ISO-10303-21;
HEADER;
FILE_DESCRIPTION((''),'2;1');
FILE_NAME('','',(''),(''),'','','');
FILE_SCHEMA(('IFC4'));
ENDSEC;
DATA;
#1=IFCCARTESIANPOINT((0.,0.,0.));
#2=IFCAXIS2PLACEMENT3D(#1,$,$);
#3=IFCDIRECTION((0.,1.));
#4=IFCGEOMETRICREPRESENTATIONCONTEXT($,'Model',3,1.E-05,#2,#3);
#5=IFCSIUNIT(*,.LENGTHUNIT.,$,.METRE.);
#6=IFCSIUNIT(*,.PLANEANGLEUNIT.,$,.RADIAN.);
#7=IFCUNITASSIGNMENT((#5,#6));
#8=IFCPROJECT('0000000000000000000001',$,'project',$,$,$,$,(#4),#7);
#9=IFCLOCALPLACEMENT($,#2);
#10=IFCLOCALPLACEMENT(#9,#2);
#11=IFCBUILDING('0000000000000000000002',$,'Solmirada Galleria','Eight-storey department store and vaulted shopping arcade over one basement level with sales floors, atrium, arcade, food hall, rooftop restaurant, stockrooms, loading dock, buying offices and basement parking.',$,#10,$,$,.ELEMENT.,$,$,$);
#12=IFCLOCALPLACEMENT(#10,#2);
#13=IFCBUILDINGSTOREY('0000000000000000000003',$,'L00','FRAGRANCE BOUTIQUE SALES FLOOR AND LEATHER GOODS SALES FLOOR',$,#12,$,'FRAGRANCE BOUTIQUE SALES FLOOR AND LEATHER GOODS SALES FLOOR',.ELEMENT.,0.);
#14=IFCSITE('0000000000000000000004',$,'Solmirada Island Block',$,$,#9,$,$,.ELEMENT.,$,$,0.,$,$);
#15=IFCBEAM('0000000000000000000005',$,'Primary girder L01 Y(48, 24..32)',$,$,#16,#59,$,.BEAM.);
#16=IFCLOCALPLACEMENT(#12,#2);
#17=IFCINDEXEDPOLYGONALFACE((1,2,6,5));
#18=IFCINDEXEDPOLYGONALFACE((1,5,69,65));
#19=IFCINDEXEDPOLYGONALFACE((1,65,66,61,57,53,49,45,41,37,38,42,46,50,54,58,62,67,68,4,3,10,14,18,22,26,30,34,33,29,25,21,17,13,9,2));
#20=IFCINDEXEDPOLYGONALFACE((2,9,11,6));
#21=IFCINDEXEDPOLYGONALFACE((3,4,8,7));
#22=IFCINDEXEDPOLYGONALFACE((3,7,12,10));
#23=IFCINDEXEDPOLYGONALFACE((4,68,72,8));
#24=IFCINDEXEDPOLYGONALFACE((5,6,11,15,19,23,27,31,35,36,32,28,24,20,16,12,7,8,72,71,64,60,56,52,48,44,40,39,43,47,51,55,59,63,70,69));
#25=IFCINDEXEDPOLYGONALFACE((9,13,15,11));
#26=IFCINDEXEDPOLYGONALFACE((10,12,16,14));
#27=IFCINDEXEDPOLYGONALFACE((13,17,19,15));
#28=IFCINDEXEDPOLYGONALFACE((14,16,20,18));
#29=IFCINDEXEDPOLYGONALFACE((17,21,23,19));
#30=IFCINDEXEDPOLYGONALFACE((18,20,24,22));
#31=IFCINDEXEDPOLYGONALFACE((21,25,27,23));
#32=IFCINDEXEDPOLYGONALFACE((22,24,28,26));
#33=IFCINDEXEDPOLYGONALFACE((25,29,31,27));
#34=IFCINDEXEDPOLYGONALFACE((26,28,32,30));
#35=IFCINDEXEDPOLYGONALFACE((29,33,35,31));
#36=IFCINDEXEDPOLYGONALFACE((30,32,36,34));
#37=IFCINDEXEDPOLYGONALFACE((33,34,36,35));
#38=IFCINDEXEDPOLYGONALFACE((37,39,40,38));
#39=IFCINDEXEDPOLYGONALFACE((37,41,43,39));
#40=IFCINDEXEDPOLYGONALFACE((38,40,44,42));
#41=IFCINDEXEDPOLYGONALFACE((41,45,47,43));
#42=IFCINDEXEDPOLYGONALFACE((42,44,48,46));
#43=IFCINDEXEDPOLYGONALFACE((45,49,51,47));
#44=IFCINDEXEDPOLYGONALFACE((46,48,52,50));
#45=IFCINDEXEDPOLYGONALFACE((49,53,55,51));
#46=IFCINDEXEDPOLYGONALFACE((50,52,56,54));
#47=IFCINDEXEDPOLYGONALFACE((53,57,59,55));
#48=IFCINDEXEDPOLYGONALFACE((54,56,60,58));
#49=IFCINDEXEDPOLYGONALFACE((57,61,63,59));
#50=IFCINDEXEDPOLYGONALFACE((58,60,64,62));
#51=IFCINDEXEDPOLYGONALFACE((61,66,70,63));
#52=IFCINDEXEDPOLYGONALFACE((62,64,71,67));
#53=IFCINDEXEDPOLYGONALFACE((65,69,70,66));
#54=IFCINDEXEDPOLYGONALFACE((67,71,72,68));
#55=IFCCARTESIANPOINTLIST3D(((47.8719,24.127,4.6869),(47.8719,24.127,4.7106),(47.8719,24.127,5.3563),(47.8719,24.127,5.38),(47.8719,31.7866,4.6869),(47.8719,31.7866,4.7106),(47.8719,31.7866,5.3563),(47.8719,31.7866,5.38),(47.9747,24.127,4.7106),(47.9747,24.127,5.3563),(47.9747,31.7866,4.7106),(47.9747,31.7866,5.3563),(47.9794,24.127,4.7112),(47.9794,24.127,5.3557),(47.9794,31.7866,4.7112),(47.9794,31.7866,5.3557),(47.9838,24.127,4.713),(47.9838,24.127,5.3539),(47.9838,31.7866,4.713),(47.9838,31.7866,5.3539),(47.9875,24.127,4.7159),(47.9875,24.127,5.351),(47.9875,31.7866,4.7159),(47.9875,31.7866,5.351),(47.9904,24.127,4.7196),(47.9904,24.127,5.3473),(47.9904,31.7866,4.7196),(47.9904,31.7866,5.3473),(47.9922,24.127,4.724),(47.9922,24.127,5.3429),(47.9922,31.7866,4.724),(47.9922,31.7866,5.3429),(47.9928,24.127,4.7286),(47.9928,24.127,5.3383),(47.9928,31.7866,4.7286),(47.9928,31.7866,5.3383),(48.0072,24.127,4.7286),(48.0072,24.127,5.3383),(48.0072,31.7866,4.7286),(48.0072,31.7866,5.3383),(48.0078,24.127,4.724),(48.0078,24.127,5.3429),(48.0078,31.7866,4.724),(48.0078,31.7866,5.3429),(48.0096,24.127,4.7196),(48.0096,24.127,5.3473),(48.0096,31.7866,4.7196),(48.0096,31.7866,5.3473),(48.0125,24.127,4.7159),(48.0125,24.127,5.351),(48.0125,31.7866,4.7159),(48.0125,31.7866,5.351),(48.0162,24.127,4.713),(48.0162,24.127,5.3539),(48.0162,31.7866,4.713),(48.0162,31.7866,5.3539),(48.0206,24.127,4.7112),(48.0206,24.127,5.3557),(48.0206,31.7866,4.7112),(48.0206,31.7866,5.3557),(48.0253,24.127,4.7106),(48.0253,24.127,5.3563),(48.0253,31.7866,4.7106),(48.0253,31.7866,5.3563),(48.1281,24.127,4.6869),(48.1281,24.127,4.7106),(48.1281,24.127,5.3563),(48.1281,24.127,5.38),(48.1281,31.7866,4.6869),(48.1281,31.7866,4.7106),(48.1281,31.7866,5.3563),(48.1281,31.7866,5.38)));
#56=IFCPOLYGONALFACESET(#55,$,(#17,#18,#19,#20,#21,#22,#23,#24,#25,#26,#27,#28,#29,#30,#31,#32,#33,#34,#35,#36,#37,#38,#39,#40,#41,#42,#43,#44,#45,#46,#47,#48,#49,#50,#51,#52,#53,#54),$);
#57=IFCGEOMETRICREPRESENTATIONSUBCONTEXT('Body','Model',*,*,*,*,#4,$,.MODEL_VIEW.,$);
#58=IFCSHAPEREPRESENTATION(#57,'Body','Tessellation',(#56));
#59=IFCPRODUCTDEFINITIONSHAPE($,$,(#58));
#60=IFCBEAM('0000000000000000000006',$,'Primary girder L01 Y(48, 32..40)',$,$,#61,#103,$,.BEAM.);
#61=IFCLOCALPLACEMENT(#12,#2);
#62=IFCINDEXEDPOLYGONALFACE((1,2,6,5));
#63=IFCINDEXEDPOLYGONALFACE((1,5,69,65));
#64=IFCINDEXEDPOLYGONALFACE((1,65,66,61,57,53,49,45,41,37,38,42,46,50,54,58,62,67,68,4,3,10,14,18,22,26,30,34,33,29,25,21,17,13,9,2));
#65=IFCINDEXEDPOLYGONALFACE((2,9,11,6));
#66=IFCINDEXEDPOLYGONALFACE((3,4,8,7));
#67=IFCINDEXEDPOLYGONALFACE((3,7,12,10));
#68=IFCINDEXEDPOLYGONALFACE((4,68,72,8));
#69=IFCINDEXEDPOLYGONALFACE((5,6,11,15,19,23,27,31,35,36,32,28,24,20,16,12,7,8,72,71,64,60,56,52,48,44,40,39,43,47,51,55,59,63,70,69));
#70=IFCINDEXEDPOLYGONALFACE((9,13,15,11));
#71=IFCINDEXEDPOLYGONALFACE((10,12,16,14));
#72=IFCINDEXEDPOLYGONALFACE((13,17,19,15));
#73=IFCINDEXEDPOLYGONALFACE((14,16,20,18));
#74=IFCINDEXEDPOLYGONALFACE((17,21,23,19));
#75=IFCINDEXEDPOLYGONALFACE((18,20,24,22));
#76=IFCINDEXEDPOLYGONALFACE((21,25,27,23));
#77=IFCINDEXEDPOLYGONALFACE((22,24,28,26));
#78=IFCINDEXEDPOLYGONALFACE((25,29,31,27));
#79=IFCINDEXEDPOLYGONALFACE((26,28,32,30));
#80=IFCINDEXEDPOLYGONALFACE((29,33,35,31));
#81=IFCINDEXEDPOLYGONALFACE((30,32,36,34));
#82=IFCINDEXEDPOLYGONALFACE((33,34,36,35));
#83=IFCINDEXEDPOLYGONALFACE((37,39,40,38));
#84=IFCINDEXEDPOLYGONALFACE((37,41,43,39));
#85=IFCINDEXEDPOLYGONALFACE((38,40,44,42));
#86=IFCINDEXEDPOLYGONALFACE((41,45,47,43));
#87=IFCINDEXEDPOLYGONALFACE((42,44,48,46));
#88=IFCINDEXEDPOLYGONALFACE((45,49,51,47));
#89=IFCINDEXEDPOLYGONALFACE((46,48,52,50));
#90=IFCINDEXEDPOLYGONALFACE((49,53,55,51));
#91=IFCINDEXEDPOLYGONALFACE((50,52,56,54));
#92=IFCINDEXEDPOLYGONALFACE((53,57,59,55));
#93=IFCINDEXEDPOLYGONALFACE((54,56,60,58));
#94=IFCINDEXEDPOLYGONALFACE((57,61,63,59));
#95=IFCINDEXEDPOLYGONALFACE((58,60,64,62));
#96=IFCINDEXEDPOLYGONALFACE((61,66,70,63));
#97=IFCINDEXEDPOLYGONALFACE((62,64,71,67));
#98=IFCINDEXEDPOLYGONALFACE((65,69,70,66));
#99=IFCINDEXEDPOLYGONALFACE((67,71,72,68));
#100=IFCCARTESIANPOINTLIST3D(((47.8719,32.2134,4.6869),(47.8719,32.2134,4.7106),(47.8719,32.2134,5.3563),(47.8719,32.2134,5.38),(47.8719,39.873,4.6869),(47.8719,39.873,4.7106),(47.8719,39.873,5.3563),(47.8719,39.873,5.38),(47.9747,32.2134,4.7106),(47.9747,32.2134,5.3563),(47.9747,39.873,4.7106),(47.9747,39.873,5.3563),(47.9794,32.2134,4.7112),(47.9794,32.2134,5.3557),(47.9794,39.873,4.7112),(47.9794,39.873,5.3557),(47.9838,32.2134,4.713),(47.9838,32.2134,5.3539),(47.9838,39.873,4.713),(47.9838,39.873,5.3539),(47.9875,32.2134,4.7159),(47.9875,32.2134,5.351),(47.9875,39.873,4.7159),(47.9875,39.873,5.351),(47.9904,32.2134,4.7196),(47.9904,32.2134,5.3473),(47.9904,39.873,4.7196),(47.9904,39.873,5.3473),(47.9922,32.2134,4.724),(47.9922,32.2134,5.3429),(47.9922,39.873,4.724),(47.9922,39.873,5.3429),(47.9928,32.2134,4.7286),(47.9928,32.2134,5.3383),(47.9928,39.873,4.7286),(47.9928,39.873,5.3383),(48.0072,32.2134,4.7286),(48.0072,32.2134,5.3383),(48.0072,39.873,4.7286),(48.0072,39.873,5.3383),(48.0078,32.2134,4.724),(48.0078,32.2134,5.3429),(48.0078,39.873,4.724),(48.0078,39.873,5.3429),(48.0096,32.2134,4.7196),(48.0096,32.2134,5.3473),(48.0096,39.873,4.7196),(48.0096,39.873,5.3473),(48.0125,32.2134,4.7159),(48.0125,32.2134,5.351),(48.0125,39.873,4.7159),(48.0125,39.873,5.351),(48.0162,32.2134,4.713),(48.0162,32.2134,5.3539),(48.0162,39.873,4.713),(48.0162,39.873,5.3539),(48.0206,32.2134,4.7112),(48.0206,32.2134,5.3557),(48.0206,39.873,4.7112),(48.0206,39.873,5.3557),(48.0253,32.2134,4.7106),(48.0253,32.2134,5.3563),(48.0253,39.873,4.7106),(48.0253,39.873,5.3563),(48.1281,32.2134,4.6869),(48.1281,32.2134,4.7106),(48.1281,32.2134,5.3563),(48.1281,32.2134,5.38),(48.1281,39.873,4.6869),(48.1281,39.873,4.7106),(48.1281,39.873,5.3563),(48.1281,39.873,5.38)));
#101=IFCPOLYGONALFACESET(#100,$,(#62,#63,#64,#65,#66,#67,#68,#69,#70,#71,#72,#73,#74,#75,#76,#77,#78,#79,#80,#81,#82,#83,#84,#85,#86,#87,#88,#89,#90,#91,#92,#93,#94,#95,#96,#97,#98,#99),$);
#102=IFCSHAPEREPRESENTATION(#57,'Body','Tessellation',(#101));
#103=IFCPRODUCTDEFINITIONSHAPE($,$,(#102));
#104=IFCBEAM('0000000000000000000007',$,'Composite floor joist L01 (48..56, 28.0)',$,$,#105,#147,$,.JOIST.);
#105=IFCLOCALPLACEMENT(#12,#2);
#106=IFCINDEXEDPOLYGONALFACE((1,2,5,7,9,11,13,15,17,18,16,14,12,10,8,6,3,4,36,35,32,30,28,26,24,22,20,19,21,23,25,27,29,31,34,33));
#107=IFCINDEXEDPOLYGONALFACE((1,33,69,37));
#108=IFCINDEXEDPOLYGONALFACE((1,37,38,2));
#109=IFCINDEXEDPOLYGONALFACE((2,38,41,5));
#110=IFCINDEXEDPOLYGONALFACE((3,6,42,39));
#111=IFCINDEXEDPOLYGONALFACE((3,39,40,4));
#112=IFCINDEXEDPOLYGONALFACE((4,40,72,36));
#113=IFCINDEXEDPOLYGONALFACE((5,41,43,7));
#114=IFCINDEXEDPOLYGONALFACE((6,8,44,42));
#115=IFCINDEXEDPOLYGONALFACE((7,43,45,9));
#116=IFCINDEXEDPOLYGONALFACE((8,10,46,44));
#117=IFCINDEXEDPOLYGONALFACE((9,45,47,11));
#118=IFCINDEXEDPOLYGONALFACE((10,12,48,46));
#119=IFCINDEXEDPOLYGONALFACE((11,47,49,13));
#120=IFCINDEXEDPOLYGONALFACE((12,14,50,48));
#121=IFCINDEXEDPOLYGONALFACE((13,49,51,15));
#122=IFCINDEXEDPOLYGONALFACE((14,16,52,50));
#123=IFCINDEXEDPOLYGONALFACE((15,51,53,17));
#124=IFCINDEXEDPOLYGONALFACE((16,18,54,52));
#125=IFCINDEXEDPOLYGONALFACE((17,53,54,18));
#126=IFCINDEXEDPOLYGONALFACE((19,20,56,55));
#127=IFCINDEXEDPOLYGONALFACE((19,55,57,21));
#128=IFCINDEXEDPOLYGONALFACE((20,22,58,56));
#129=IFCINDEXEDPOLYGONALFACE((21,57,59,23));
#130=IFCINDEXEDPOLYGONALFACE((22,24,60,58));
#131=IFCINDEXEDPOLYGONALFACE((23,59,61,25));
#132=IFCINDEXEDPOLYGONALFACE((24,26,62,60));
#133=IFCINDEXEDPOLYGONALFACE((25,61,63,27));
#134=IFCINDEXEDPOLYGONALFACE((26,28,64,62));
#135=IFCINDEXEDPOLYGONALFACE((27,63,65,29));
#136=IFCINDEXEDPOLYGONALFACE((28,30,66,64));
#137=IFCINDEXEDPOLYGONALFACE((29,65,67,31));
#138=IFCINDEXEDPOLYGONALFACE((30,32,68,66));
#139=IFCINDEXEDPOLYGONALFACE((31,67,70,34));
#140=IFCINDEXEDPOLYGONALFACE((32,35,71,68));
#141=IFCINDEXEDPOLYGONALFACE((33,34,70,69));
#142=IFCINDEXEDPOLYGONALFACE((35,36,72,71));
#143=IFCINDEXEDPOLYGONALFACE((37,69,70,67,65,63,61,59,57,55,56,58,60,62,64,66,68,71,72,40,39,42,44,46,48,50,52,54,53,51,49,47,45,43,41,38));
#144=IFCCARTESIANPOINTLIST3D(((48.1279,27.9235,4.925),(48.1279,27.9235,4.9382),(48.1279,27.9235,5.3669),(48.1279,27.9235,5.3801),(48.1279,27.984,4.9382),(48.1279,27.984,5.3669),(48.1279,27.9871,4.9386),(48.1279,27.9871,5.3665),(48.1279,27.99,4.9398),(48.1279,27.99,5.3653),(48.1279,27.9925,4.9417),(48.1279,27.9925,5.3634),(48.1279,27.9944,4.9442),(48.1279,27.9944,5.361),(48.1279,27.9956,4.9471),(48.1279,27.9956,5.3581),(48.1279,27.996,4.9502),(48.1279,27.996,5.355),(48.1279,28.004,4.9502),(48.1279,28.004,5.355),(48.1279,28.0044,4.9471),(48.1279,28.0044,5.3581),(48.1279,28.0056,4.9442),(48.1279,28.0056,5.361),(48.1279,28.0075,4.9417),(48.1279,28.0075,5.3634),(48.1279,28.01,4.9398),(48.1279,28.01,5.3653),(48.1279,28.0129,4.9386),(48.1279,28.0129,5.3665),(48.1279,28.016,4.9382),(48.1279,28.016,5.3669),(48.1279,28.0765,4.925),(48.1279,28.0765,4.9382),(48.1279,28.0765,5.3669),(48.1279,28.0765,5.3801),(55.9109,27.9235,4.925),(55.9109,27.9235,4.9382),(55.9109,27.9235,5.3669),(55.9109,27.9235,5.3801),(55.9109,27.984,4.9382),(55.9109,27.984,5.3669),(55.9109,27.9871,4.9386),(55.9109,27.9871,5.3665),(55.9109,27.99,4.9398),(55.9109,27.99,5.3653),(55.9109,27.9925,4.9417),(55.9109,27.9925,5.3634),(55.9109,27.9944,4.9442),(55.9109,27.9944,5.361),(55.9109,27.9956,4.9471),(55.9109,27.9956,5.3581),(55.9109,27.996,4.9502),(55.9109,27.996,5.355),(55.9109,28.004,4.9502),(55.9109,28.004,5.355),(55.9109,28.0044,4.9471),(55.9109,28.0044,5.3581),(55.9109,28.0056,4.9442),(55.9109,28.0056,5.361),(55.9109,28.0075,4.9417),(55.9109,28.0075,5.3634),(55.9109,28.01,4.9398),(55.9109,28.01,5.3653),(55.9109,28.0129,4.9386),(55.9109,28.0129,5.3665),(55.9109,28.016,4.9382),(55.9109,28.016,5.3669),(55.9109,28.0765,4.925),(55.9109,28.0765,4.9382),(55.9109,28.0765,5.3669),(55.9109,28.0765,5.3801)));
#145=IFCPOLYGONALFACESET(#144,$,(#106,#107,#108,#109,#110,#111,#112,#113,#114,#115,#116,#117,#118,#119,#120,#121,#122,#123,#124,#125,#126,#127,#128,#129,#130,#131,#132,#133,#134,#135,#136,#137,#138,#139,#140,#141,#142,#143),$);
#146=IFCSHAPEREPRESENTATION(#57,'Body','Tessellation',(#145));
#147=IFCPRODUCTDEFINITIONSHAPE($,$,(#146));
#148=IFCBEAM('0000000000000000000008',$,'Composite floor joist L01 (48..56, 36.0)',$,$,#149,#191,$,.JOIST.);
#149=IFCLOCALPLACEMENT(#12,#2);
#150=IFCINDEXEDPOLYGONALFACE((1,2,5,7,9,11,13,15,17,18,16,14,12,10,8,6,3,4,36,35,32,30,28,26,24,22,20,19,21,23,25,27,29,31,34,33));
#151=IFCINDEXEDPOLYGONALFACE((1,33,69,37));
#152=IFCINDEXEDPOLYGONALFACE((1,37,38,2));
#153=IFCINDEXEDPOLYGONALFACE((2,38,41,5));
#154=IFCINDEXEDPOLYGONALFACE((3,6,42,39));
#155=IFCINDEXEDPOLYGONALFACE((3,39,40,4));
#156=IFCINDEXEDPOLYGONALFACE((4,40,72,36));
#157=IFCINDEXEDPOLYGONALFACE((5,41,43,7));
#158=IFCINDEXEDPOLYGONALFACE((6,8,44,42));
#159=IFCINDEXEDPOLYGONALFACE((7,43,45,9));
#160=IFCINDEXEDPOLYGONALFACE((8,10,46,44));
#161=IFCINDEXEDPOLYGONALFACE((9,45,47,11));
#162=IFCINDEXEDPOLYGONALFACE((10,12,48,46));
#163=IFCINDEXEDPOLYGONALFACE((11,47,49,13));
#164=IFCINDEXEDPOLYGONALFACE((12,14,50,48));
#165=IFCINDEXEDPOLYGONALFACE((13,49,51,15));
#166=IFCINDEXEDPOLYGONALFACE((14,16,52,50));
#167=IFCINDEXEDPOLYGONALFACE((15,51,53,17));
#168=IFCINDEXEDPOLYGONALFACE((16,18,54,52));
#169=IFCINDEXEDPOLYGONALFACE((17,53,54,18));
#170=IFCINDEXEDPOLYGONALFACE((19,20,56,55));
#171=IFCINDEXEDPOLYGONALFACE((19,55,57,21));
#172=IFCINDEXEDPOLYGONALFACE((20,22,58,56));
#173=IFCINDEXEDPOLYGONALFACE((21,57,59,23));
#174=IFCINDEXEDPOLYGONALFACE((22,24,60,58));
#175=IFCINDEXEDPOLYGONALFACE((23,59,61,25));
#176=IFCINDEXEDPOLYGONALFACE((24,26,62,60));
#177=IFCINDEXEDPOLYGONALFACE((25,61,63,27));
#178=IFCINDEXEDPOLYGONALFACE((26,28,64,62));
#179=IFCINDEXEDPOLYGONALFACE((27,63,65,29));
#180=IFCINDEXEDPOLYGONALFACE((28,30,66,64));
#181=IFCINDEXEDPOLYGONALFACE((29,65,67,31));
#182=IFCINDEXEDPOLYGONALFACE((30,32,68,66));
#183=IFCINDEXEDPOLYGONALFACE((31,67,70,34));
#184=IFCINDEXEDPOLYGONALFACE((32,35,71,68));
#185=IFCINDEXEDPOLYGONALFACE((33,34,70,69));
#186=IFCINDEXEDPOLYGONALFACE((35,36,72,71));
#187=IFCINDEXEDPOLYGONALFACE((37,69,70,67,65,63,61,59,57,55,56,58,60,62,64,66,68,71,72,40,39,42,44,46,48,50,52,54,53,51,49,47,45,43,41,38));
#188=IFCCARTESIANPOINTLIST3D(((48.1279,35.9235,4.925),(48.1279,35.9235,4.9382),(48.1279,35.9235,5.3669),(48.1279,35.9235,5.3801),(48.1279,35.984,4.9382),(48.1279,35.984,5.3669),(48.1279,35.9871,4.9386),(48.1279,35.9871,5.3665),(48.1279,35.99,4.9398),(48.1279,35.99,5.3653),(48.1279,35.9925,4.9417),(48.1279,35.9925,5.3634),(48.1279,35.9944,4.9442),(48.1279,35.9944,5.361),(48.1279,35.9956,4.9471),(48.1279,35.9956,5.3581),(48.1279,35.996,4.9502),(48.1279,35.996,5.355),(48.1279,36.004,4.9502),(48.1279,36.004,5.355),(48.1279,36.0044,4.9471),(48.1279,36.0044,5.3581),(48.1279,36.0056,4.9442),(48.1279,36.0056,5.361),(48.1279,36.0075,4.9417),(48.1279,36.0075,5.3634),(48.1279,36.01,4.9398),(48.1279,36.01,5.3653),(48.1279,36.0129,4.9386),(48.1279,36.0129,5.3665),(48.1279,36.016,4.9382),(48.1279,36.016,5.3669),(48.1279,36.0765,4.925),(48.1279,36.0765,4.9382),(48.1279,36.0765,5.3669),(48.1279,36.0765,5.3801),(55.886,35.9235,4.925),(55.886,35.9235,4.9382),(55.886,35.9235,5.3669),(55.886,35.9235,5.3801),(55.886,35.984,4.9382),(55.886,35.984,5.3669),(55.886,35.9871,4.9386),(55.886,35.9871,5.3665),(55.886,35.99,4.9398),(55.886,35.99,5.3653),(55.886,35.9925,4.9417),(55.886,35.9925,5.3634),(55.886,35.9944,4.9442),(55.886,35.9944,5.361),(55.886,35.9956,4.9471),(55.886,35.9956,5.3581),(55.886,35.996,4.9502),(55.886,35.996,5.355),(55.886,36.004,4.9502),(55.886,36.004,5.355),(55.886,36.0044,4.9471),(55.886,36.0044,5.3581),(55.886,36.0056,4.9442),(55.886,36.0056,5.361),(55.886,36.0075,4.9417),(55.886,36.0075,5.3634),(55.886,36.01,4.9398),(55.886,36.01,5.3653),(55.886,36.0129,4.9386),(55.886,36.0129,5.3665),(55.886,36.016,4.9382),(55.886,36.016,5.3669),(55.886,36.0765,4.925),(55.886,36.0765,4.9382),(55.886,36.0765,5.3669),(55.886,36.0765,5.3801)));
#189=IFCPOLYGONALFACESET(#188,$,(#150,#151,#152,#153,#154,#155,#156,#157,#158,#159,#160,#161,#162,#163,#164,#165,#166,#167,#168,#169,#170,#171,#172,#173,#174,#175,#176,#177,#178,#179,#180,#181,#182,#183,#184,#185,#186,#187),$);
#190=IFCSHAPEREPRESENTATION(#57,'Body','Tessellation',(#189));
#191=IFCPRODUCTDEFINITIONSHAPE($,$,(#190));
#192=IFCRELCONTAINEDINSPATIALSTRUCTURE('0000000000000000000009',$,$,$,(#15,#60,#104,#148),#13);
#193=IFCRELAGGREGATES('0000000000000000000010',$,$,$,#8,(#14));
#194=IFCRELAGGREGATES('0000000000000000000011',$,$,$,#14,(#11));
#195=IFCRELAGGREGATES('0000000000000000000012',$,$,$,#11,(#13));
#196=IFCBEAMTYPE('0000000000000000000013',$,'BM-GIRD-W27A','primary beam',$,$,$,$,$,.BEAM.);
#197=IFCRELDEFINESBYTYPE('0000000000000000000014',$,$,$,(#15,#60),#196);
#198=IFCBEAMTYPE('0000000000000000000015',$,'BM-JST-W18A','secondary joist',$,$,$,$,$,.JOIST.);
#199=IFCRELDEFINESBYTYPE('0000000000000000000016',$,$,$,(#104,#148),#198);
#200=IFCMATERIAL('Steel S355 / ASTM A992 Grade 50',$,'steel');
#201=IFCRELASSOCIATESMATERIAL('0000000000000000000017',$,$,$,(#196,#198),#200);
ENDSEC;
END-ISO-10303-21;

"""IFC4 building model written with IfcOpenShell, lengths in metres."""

from ifc_helpers import new_model, si_unit, direction, frame, origin, origin_2d, place, context, subcontext, project, spatial, i_section, extrude, material, material_profile, profile_set, type_object, element, save


model = new_model("IFC4")

# Units and contexts
model_context = context("Model", 3, precision=1e-05, world=origin(), true_north=direction((0.0, 1.0)))
body_context = subcontext(model_context, "Body", "Model", "MODEL_VIEW")
ifc_project = project(units=[si_unit("LENGTHUNIT", "METRE"), si_unit("PLANEANGLEUNIT", "RADIAN")], contexts=[model_context])

# Site, building, storey
site_placement = place(None, origin())
site = spatial("IfcSite", under=ifc_project, at=site_placement, Name="Solmirada Island Block", CompositionType="ELEMENT", RefElevation=0.0)
building_placement = place(site_placement, origin())
building = spatial("IfcBuilding", under=site, at=building_placement, Name="Solmirada Galleria", Description="Eight-storey department store and vaulted shopping arcade over one basement level with sales floors, atrium, arcade, food hall, rooftop restaurant, stockrooms, loading dock, buying offices and basement parking.", CompositionType="ELEMENT")
storey_placement = place(building_placement, origin())
storey = spatial("IfcBuildingStorey", under=building, at=storey_placement, Name="L00", Description="FRAGRANCE BOUTIQUE SALES FLOOR AND LEATHER GOODS SALES FLOOR", LongName="FRAGRANCE BOUTIQUE SALES FLOOR AND LEATHER GOODS SALES FLOOR", CompositionType="ELEMENT", Elevation=0.0)

# Beams
ifc_material_1 = material(Name="Steel S355 / ASTM A992 Grade 50", Category="steel")
ifc_material_profile_1 = material_profile(ifc_material_1, i_section(OverallWidth=0.2561, OverallDepth=0.6931, WebThickness=0.0144, FlangeThickness=0.0237, FilletRadius=0.0181, at=origin_2d()), Name="W27X114")
ifc_profile_set_1 = profile_set([ifc_material_profile_1], Name="Steel S355 / ASTM A992 Grade 50")
beam_type_1 = type_object("IfcBeamType", Name="BM-GIRD-W27A", Description="primary beam", PredefinedType="BEAM", material=ifc_profile_set_1)
for number, where, z_axis, x_axis, name in (
    (1, (48.0, 24.127, 5.0334), (0.0, 1.0, 0.0), (-1.0, 0.0, 0.0), "Primary girder L01 Y(48, 24..32)"),
    (2, (48.0, 32.2134, 5.0334), (0.0, 1.0, 0.0), (-1.0, 0.0, 0.0), "Primary girder L01 Y(48, 32..40)"),
):
    element("IfcBeam", number, at=place(storey_placement, frame(where, z_axis=z_axis, x_axis=x_axis)), inside=storey, type_object=beam_type_1, Name=name, PredefinedType="BEAM", context=body_context, shape_type="SweptSolid", body=[
        extrude(i_section(OverallWidth=0.2561, OverallDepth=0.6931, WebThickness=0.0144, FlangeThickness=0.0237, FilletRadius=0.0181, at=origin_2d()), origin(), (0.0, 0.0, 1.0), 7.6597),
    ])
ifc_material_profile_2 = material_profile(ifc_material_1, i_section(OverallWidth=0.1531, OverallDepth=0.4551, WebThickness=0.0081, FlangeThickness=0.0132, FilletRadius=0.012, at=origin_2d()), Name="W18X40")
ifc_profile_set_2 = profile_set([ifc_material_profile_2], Name="Steel S355 / ASTM A992 Grade 50")
beam_type_2 = type_object("IfcBeamType", Name="BM-JST-W18A", Description="secondary joist", PredefinedType="JOIST", material=ifc_profile_set_2)
beam_1_placement = place(storey_placement, frame((48.1279, 28.0, 5.1526), z_axis=(1.0, 0.0, 0.0), x_axis=(0.0, 1.0, 0.0)))
element("IfcBeam", 3, at=beam_1_placement, inside=storey, type_object=beam_type_2, Name="Composite floor joist L01 (48..56, 28.0)", PredefinedType="JOIST", context=body_context, shape_type="SweptSolid", body=[
    extrude(i_section(OverallWidth=0.1531, OverallDepth=0.4551, WebThickness=0.0081, FlangeThickness=0.0132, FilletRadius=0.012, at=origin_2d()), origin(), (0.0, 0.0, 1.0), 7.783),
])
beam_2_placement = place(storey_placement, frame((48.1279, 36.0, 5.1526), z_axis=(1.0, 0.0, 0.0), x_axis=(0.0, 1.0, 0.0)))
element("IfcBeam", 4, at=beam_2_placement, inside=storey, type_object=beam_type_2, Name="Composite floor joist L01 (48..56, 36.0)", PredefinedType="JOIST", context=body_context, shape_type="SweptSolid", body=[
    extrude(i_section(OverallWidth=0.1531, OverallDepth=0.4551, WebThickness=0.0081, FlangeThickness=0.0132, FilletRadius=0.012, at=origin_2d()), origin(), (0.0, 0.0, 1.0), 7.7581),
])

save(model, "model.ifc")
